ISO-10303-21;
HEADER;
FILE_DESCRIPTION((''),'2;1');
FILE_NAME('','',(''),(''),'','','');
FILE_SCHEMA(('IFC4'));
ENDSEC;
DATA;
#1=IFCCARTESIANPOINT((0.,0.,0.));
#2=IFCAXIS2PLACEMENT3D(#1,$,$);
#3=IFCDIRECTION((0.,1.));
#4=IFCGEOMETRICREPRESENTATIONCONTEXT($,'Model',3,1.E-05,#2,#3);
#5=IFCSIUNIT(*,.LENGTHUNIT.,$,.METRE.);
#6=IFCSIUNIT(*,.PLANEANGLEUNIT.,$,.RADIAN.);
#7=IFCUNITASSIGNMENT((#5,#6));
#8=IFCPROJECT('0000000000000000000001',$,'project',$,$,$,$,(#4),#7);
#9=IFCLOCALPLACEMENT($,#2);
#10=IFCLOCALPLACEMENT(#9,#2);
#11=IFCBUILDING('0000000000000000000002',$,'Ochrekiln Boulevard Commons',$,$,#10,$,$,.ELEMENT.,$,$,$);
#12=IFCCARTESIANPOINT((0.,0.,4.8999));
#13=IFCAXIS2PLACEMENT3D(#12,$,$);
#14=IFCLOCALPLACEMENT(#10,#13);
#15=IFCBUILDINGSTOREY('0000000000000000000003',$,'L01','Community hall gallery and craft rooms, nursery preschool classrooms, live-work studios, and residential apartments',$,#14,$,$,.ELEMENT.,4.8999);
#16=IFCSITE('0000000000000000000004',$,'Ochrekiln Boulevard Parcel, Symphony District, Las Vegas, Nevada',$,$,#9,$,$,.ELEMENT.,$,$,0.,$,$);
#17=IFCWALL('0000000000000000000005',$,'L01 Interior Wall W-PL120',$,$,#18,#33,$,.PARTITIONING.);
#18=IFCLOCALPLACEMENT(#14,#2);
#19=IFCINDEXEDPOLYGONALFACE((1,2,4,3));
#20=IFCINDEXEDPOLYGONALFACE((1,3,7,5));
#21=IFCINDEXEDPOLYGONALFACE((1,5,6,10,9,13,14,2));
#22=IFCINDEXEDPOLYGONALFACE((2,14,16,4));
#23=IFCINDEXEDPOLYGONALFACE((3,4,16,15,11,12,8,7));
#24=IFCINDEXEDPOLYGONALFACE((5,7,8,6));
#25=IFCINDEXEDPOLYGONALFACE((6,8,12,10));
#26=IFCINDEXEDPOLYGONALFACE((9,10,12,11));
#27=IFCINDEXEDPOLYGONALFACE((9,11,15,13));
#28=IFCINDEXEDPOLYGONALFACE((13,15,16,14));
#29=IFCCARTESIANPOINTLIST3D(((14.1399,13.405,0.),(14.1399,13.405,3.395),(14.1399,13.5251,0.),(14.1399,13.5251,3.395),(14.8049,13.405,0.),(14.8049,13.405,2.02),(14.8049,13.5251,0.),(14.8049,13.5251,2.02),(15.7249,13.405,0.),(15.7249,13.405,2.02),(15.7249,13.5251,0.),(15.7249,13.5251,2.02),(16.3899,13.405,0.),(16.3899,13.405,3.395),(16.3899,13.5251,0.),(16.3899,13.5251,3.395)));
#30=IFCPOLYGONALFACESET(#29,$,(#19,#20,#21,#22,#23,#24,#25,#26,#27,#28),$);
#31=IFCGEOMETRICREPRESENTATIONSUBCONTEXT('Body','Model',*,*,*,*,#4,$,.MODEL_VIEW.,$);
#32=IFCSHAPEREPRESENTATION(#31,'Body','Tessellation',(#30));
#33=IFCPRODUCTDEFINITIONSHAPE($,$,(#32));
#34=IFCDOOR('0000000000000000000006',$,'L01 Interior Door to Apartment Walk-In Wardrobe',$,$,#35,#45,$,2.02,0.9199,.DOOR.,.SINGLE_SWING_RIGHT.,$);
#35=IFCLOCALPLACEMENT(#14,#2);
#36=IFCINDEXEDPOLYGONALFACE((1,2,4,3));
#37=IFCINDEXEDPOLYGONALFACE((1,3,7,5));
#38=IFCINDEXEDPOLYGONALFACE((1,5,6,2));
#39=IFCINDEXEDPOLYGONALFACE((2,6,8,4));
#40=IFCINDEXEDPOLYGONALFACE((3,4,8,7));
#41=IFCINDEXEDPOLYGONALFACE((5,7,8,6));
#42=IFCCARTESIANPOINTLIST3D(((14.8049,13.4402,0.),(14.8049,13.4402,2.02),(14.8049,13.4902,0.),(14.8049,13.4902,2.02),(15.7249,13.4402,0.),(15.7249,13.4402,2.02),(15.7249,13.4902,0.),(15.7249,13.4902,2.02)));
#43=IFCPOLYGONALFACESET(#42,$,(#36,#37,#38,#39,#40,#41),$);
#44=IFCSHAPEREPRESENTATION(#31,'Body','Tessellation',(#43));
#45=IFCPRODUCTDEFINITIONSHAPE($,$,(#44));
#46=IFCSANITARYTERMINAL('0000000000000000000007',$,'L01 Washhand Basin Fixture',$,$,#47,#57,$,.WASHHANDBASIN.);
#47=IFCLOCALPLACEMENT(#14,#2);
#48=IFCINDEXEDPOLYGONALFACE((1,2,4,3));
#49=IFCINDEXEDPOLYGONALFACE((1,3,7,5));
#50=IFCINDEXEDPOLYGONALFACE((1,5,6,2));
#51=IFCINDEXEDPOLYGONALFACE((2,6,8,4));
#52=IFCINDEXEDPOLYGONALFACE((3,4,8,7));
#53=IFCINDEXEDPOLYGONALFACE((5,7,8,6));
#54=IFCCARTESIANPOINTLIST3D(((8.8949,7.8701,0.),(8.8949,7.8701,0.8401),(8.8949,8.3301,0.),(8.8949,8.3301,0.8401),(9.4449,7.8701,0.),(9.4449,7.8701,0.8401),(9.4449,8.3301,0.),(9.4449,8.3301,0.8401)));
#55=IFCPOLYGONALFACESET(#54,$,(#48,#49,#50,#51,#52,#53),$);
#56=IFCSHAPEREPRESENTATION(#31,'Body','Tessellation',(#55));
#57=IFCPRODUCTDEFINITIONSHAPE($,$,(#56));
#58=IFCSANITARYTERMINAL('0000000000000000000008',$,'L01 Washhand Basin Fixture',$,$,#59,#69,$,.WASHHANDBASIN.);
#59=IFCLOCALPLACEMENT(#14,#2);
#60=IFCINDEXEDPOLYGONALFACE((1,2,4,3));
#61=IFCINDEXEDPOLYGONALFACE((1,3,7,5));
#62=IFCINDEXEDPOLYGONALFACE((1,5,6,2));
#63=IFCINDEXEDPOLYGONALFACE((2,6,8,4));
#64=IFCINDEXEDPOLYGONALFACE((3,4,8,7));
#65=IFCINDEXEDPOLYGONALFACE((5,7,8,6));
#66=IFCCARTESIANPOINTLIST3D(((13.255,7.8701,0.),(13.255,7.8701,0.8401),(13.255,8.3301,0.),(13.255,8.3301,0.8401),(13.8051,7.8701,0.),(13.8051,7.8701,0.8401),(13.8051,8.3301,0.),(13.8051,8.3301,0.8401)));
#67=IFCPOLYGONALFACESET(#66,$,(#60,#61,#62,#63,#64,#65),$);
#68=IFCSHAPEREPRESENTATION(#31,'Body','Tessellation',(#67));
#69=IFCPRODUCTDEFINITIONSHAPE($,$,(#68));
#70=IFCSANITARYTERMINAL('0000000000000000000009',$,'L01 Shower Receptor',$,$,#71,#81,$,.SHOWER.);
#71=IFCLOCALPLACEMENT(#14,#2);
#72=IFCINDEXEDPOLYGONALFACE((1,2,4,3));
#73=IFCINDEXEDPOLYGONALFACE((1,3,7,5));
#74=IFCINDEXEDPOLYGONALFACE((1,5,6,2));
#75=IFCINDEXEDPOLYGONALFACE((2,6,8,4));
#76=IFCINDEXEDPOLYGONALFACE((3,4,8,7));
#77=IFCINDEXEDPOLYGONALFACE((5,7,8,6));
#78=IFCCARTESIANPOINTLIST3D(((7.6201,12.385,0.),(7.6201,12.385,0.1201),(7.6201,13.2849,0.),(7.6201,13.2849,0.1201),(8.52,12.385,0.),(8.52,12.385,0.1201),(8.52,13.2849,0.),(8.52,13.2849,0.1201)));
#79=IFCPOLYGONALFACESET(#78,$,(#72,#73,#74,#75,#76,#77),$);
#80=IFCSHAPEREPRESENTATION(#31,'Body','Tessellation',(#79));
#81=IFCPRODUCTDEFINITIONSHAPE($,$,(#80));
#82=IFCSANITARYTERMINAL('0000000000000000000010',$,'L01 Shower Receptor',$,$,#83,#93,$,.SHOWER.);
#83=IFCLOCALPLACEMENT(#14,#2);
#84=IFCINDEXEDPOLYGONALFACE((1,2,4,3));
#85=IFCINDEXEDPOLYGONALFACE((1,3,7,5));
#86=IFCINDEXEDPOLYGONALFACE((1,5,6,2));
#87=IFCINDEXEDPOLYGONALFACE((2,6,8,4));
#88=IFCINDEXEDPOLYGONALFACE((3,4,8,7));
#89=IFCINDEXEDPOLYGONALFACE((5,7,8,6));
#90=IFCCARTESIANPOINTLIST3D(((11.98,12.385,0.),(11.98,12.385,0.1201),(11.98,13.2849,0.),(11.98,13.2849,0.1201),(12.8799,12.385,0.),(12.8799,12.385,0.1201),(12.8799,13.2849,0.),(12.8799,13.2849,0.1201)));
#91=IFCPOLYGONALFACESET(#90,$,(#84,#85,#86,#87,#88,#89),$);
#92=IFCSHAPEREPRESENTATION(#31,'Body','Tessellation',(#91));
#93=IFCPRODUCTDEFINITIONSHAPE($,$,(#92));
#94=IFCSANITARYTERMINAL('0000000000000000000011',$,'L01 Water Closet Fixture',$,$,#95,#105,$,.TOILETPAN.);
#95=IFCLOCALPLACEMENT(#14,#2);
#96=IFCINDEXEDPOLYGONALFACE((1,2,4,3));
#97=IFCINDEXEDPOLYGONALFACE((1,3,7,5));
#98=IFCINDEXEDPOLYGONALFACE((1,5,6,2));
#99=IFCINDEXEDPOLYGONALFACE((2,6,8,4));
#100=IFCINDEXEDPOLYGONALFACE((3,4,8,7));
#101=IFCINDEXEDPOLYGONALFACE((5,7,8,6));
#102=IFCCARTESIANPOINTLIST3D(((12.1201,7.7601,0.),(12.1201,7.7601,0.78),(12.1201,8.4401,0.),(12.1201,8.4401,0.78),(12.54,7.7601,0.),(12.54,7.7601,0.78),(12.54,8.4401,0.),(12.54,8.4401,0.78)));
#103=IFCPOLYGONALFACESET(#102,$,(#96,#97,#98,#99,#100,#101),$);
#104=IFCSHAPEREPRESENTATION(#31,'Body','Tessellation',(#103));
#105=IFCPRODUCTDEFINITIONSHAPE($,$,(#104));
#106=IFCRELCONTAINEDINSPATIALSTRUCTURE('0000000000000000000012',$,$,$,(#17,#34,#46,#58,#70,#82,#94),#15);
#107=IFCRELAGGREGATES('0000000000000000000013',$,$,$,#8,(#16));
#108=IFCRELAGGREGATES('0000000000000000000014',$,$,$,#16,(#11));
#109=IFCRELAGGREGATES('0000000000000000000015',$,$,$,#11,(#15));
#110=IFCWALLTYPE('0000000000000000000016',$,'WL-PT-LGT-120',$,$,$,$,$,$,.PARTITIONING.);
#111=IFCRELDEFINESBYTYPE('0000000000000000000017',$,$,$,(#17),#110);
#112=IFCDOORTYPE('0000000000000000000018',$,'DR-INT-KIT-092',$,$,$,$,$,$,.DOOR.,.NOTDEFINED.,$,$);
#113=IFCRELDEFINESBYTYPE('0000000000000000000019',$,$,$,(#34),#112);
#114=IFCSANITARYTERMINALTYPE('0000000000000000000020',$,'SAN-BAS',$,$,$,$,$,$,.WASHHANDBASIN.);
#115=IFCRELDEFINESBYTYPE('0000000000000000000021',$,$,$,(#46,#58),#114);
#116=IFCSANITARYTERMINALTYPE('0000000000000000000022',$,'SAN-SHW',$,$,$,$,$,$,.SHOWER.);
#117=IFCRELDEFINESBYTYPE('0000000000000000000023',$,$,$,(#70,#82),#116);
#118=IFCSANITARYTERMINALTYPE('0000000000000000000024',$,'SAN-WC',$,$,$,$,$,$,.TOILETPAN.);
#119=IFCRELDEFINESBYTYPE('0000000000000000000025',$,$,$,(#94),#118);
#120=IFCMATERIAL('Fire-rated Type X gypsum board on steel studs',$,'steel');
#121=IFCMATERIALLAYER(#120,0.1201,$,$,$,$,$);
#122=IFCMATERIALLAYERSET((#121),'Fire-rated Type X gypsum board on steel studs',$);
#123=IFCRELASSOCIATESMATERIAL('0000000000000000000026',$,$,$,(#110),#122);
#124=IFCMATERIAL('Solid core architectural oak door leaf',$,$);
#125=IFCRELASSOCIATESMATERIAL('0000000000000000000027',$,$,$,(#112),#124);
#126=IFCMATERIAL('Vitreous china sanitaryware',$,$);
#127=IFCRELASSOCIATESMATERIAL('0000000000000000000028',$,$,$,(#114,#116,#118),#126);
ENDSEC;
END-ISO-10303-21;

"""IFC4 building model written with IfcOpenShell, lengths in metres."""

from ifc_helpers import new_model, si_unit, direction, frame, frame_2d, origin, origin_2d, place, context, subcontext, project, spatial, rectangle, extrude, material, layer, layer_set, type_object, element, fill, save


model = new_model("IFC4")

# Units and contexts
model_context = context("Model", 3, precision=1e-05, world=origin(), true_north=direction((0.0, 1.0)))
body_context = subcontext(model_context, "Body", "Model", "MODEL_VIEW")
ifc_project = project(units=[si_unit("LENGTHUNIT", "METRE"), si_unit("PLANEANGLEUNIT", "RADIAN")], contexts=[model_context])

# Site, building, storey
site_placement = place(None, origin())
site = spatial("IfcSite", under=ifc_project, at=site_placement, Name="Ochrekiln Boulevard Parcel, Symphony District, Las Vegas, Nevada", CompositionType="ELEMENT", RefElevation=0.0)
building_placement = place(site_placement, origin())
building = spatial("IfcBuilding", under=site, at=building_placement, Name="Ochrekiln Boulevard Commons", CompositionType="ELEMENT")
storey_placement = place(building_placement, frame((0.0, 0.0, 4.8999)))
storey = spatial("IfcBuildingStorey", under=building, at=storey_placement, Name="L01", Description="Community hall gallery and craft rooms, nursery preschool classrooms, live-work studios, and residential apartments", CompositionType="ELEMENT", Elevation=4.8999)

# Shared definitions
ifc_material_1 = material(Name="Solid core architectural oak door leaf")

# Wall, opening, door
ifc_material_2 = material(Name="Fire-rated Type X gypsum board on steel studs", Category="steel")
ifc_layer_1 = layer(ifc_material_2, 0.1201)
ifc_layer_set_1 = layer_set([ifc_layer_1], Name="Fire-rated Type X gypsum board on steel studs")
wall_type_1 = type_object("IfcWallType", Name="WL-PT-LGT-120", PredefinedType="PARTITIONING", material=ifc_layer_set_1)
wall_1_placement = place(storey_placement, frame((14.1399, 13.4651, 0.0), z_axis=(0.0, 0.0, 1.0), x_axis=(1.0, 0.0, 0.0)))
wall_1 = element("IfcWall", 1, at=wall_1_placement, inside=storey, type_object=wall_type_1, Name="L01 Interior Wall W-PL120", PredefinedType="PARTITIONING", context=body_context, shape_type="SweptSolid", body=[
    extrude(rectangle(XDim=2.25, YDim=0.1201, at=frame_2d((1.125, 0.0))), origin(), (0.0, 0.0, 1.0), 3.395),
])
opening_1_placement = place(wall_1_placement, frame((0.665, 0.0, 0.0)))
opening_1 = element("IfcOpeningElement", 2, at=opening_1_placement, cuts=wall_1, PredefinedType="OPENING", context=body_context, shape_type="SweptSolid", body=[
    extrude(rectangle(XDim=0.9199, YDim=2.02, at=frame_2d((0.46, 1.01))), frame((0.0, 0.0701, 0.0), z_axis=(0.0, -1.0, 0.0), x_axis=(1.0, 0.0, 0.0)), (0.0, 0.0, 1.0), 0.1401),
])
door_type_1 = type_object("IfcDoorType", Name="DR-INT-KIT-092", OperationType="NOTDEFINED", PredefinedType="DOOR", material=ifc_material_1)
door_1_placement = place(opening_1_placement, frame((0.9199, 0.0, 0.0), z_axis=(0.0, 0.0, 1.0), x_axis=(-1.0, 0.0, 0.0)))
door_1 = element("IfcDoor", 3, at=door_1_placement, inside=storey, type_object=door_type_1, Name="L01 Interior Door to Apartment Walk-In Wardrobe", OperationType="SINGLE_SWING_RIGHT", OverallHeight=2.02, OverallWidth=0.9199, PredefinedType="DOOR", context=body_context, shape_type="SweptSolid", body=[
    extrude(rectangle(XDim=0.9199, YDim=2.02, at=frame_2d((0.46, 1.01))), frame((0.0, 0.0249, 0.0), z_axis=(0.0, -1.0, 0.0), x_axis=(1.0, 0.0, 0.0)), (0.0, 0.0, 1.0), 0.05),
])
fill(opening_1, door_1)

# Sanitary terminals
ifc_material_3 = material(Name="Vitreous china sanitaryware")
sanitary_terminal_type_1 = type_object("IfcSanitaryTerminalType", Name="SAN-BAS", PredefinedType="WASHHANDBASIN", material=ifc_material_3)
for number, where, z_axis, x_axis, name in (
    (4, (9.1699, 8.1001, 0.0), (0.0, 0.0, 1.0), (1.0, 0.0, 0.0), "L01 Washhand Basin Fixture"),
    (5, (13.53, 8.1001, 0.0), (0.0, 0.0, 1.0), (1.0, 0.0, 0.0), "L01 Washhand Basin Fixture"),
):
    element("IfcSanitaryTerminal", number, at=place(storey_placement, frame(where, z_axis=z_axis, x_axis=x_axis)), inside=storey, type_object=sanitary_terminal_type_1, Name=name, PredefinedType="WASHHANDBASIN", context=body_context, shape_type="SweptSolid", body=[
        extrude(rectangle(XDim=0.55, YDim=0.46, at=origin_2d()), origin(), (0.0, 0.0, 1.0), 0.8401),
    ])
sanitary_terminal_type_2 = type_object("IfcSanitaryTerminalType", Name="SAN-SHW", PredefinedType="SHOWER", material=ifc_material_3)
for number, where, z_axis, x_axis, name in (
    (6, (8.0701, 12.835, 0.0), (0.0, 0.0, 1.0), (1.0, 0.0, 0.0), "L01 Shower Receptor"),
    (7, (12.4299, 12.835, 0.0), (0.0, 0.0, 1.0), (1.0, 0.0, 0.0), "L01 Shower Receptor"),
):
    element("IfcSanitaryTerminal", number, at=place(storey_placement, frame(where, z_axis=z_axis, x_axis=x_axis)), inside=storey, type_object=sanitary_terminal_type_2, Name=name, PredefinedType="SHOWER", context=body_context, shape_type="SweptSolid", body=[
        extrude(rectangle(XDim=0.8999, YDim=0.8999, at=origin_2d()), origin(), (0.0, 0.0, 1.0), 0.1201),
    ])
sanitary_terminal_type_3 = type_object("IfcSanitaryTerminalType", Name="SAN-WC", PredefinedType="TOILETPAN", material=ifc_material_3)
sanitary_terminal_placement = place(storey_placement, frame((12.3301, 8.1001, 0.0), z_axis=(0.0, 0.0, 1.0), x_axis=(1.0, 0.0, 0.0)))
element("IfcSanitaryTerminal", 8, at=sanitary_terminal_placement, inside=storey, type_object=sanitary_terminal_type_3, Name="L01 Water Closet Fixture", PredefinedType="TOILETPAN", context=body_context, shape_type="SweptSolid", body=[
    extrude(rectangle(XDim=0.4199, YDim=0.6799, at=origin_2d()), origin(), (0.0, 0.0, 1.0), 0.78),
])

save(model, "model.ifc")
